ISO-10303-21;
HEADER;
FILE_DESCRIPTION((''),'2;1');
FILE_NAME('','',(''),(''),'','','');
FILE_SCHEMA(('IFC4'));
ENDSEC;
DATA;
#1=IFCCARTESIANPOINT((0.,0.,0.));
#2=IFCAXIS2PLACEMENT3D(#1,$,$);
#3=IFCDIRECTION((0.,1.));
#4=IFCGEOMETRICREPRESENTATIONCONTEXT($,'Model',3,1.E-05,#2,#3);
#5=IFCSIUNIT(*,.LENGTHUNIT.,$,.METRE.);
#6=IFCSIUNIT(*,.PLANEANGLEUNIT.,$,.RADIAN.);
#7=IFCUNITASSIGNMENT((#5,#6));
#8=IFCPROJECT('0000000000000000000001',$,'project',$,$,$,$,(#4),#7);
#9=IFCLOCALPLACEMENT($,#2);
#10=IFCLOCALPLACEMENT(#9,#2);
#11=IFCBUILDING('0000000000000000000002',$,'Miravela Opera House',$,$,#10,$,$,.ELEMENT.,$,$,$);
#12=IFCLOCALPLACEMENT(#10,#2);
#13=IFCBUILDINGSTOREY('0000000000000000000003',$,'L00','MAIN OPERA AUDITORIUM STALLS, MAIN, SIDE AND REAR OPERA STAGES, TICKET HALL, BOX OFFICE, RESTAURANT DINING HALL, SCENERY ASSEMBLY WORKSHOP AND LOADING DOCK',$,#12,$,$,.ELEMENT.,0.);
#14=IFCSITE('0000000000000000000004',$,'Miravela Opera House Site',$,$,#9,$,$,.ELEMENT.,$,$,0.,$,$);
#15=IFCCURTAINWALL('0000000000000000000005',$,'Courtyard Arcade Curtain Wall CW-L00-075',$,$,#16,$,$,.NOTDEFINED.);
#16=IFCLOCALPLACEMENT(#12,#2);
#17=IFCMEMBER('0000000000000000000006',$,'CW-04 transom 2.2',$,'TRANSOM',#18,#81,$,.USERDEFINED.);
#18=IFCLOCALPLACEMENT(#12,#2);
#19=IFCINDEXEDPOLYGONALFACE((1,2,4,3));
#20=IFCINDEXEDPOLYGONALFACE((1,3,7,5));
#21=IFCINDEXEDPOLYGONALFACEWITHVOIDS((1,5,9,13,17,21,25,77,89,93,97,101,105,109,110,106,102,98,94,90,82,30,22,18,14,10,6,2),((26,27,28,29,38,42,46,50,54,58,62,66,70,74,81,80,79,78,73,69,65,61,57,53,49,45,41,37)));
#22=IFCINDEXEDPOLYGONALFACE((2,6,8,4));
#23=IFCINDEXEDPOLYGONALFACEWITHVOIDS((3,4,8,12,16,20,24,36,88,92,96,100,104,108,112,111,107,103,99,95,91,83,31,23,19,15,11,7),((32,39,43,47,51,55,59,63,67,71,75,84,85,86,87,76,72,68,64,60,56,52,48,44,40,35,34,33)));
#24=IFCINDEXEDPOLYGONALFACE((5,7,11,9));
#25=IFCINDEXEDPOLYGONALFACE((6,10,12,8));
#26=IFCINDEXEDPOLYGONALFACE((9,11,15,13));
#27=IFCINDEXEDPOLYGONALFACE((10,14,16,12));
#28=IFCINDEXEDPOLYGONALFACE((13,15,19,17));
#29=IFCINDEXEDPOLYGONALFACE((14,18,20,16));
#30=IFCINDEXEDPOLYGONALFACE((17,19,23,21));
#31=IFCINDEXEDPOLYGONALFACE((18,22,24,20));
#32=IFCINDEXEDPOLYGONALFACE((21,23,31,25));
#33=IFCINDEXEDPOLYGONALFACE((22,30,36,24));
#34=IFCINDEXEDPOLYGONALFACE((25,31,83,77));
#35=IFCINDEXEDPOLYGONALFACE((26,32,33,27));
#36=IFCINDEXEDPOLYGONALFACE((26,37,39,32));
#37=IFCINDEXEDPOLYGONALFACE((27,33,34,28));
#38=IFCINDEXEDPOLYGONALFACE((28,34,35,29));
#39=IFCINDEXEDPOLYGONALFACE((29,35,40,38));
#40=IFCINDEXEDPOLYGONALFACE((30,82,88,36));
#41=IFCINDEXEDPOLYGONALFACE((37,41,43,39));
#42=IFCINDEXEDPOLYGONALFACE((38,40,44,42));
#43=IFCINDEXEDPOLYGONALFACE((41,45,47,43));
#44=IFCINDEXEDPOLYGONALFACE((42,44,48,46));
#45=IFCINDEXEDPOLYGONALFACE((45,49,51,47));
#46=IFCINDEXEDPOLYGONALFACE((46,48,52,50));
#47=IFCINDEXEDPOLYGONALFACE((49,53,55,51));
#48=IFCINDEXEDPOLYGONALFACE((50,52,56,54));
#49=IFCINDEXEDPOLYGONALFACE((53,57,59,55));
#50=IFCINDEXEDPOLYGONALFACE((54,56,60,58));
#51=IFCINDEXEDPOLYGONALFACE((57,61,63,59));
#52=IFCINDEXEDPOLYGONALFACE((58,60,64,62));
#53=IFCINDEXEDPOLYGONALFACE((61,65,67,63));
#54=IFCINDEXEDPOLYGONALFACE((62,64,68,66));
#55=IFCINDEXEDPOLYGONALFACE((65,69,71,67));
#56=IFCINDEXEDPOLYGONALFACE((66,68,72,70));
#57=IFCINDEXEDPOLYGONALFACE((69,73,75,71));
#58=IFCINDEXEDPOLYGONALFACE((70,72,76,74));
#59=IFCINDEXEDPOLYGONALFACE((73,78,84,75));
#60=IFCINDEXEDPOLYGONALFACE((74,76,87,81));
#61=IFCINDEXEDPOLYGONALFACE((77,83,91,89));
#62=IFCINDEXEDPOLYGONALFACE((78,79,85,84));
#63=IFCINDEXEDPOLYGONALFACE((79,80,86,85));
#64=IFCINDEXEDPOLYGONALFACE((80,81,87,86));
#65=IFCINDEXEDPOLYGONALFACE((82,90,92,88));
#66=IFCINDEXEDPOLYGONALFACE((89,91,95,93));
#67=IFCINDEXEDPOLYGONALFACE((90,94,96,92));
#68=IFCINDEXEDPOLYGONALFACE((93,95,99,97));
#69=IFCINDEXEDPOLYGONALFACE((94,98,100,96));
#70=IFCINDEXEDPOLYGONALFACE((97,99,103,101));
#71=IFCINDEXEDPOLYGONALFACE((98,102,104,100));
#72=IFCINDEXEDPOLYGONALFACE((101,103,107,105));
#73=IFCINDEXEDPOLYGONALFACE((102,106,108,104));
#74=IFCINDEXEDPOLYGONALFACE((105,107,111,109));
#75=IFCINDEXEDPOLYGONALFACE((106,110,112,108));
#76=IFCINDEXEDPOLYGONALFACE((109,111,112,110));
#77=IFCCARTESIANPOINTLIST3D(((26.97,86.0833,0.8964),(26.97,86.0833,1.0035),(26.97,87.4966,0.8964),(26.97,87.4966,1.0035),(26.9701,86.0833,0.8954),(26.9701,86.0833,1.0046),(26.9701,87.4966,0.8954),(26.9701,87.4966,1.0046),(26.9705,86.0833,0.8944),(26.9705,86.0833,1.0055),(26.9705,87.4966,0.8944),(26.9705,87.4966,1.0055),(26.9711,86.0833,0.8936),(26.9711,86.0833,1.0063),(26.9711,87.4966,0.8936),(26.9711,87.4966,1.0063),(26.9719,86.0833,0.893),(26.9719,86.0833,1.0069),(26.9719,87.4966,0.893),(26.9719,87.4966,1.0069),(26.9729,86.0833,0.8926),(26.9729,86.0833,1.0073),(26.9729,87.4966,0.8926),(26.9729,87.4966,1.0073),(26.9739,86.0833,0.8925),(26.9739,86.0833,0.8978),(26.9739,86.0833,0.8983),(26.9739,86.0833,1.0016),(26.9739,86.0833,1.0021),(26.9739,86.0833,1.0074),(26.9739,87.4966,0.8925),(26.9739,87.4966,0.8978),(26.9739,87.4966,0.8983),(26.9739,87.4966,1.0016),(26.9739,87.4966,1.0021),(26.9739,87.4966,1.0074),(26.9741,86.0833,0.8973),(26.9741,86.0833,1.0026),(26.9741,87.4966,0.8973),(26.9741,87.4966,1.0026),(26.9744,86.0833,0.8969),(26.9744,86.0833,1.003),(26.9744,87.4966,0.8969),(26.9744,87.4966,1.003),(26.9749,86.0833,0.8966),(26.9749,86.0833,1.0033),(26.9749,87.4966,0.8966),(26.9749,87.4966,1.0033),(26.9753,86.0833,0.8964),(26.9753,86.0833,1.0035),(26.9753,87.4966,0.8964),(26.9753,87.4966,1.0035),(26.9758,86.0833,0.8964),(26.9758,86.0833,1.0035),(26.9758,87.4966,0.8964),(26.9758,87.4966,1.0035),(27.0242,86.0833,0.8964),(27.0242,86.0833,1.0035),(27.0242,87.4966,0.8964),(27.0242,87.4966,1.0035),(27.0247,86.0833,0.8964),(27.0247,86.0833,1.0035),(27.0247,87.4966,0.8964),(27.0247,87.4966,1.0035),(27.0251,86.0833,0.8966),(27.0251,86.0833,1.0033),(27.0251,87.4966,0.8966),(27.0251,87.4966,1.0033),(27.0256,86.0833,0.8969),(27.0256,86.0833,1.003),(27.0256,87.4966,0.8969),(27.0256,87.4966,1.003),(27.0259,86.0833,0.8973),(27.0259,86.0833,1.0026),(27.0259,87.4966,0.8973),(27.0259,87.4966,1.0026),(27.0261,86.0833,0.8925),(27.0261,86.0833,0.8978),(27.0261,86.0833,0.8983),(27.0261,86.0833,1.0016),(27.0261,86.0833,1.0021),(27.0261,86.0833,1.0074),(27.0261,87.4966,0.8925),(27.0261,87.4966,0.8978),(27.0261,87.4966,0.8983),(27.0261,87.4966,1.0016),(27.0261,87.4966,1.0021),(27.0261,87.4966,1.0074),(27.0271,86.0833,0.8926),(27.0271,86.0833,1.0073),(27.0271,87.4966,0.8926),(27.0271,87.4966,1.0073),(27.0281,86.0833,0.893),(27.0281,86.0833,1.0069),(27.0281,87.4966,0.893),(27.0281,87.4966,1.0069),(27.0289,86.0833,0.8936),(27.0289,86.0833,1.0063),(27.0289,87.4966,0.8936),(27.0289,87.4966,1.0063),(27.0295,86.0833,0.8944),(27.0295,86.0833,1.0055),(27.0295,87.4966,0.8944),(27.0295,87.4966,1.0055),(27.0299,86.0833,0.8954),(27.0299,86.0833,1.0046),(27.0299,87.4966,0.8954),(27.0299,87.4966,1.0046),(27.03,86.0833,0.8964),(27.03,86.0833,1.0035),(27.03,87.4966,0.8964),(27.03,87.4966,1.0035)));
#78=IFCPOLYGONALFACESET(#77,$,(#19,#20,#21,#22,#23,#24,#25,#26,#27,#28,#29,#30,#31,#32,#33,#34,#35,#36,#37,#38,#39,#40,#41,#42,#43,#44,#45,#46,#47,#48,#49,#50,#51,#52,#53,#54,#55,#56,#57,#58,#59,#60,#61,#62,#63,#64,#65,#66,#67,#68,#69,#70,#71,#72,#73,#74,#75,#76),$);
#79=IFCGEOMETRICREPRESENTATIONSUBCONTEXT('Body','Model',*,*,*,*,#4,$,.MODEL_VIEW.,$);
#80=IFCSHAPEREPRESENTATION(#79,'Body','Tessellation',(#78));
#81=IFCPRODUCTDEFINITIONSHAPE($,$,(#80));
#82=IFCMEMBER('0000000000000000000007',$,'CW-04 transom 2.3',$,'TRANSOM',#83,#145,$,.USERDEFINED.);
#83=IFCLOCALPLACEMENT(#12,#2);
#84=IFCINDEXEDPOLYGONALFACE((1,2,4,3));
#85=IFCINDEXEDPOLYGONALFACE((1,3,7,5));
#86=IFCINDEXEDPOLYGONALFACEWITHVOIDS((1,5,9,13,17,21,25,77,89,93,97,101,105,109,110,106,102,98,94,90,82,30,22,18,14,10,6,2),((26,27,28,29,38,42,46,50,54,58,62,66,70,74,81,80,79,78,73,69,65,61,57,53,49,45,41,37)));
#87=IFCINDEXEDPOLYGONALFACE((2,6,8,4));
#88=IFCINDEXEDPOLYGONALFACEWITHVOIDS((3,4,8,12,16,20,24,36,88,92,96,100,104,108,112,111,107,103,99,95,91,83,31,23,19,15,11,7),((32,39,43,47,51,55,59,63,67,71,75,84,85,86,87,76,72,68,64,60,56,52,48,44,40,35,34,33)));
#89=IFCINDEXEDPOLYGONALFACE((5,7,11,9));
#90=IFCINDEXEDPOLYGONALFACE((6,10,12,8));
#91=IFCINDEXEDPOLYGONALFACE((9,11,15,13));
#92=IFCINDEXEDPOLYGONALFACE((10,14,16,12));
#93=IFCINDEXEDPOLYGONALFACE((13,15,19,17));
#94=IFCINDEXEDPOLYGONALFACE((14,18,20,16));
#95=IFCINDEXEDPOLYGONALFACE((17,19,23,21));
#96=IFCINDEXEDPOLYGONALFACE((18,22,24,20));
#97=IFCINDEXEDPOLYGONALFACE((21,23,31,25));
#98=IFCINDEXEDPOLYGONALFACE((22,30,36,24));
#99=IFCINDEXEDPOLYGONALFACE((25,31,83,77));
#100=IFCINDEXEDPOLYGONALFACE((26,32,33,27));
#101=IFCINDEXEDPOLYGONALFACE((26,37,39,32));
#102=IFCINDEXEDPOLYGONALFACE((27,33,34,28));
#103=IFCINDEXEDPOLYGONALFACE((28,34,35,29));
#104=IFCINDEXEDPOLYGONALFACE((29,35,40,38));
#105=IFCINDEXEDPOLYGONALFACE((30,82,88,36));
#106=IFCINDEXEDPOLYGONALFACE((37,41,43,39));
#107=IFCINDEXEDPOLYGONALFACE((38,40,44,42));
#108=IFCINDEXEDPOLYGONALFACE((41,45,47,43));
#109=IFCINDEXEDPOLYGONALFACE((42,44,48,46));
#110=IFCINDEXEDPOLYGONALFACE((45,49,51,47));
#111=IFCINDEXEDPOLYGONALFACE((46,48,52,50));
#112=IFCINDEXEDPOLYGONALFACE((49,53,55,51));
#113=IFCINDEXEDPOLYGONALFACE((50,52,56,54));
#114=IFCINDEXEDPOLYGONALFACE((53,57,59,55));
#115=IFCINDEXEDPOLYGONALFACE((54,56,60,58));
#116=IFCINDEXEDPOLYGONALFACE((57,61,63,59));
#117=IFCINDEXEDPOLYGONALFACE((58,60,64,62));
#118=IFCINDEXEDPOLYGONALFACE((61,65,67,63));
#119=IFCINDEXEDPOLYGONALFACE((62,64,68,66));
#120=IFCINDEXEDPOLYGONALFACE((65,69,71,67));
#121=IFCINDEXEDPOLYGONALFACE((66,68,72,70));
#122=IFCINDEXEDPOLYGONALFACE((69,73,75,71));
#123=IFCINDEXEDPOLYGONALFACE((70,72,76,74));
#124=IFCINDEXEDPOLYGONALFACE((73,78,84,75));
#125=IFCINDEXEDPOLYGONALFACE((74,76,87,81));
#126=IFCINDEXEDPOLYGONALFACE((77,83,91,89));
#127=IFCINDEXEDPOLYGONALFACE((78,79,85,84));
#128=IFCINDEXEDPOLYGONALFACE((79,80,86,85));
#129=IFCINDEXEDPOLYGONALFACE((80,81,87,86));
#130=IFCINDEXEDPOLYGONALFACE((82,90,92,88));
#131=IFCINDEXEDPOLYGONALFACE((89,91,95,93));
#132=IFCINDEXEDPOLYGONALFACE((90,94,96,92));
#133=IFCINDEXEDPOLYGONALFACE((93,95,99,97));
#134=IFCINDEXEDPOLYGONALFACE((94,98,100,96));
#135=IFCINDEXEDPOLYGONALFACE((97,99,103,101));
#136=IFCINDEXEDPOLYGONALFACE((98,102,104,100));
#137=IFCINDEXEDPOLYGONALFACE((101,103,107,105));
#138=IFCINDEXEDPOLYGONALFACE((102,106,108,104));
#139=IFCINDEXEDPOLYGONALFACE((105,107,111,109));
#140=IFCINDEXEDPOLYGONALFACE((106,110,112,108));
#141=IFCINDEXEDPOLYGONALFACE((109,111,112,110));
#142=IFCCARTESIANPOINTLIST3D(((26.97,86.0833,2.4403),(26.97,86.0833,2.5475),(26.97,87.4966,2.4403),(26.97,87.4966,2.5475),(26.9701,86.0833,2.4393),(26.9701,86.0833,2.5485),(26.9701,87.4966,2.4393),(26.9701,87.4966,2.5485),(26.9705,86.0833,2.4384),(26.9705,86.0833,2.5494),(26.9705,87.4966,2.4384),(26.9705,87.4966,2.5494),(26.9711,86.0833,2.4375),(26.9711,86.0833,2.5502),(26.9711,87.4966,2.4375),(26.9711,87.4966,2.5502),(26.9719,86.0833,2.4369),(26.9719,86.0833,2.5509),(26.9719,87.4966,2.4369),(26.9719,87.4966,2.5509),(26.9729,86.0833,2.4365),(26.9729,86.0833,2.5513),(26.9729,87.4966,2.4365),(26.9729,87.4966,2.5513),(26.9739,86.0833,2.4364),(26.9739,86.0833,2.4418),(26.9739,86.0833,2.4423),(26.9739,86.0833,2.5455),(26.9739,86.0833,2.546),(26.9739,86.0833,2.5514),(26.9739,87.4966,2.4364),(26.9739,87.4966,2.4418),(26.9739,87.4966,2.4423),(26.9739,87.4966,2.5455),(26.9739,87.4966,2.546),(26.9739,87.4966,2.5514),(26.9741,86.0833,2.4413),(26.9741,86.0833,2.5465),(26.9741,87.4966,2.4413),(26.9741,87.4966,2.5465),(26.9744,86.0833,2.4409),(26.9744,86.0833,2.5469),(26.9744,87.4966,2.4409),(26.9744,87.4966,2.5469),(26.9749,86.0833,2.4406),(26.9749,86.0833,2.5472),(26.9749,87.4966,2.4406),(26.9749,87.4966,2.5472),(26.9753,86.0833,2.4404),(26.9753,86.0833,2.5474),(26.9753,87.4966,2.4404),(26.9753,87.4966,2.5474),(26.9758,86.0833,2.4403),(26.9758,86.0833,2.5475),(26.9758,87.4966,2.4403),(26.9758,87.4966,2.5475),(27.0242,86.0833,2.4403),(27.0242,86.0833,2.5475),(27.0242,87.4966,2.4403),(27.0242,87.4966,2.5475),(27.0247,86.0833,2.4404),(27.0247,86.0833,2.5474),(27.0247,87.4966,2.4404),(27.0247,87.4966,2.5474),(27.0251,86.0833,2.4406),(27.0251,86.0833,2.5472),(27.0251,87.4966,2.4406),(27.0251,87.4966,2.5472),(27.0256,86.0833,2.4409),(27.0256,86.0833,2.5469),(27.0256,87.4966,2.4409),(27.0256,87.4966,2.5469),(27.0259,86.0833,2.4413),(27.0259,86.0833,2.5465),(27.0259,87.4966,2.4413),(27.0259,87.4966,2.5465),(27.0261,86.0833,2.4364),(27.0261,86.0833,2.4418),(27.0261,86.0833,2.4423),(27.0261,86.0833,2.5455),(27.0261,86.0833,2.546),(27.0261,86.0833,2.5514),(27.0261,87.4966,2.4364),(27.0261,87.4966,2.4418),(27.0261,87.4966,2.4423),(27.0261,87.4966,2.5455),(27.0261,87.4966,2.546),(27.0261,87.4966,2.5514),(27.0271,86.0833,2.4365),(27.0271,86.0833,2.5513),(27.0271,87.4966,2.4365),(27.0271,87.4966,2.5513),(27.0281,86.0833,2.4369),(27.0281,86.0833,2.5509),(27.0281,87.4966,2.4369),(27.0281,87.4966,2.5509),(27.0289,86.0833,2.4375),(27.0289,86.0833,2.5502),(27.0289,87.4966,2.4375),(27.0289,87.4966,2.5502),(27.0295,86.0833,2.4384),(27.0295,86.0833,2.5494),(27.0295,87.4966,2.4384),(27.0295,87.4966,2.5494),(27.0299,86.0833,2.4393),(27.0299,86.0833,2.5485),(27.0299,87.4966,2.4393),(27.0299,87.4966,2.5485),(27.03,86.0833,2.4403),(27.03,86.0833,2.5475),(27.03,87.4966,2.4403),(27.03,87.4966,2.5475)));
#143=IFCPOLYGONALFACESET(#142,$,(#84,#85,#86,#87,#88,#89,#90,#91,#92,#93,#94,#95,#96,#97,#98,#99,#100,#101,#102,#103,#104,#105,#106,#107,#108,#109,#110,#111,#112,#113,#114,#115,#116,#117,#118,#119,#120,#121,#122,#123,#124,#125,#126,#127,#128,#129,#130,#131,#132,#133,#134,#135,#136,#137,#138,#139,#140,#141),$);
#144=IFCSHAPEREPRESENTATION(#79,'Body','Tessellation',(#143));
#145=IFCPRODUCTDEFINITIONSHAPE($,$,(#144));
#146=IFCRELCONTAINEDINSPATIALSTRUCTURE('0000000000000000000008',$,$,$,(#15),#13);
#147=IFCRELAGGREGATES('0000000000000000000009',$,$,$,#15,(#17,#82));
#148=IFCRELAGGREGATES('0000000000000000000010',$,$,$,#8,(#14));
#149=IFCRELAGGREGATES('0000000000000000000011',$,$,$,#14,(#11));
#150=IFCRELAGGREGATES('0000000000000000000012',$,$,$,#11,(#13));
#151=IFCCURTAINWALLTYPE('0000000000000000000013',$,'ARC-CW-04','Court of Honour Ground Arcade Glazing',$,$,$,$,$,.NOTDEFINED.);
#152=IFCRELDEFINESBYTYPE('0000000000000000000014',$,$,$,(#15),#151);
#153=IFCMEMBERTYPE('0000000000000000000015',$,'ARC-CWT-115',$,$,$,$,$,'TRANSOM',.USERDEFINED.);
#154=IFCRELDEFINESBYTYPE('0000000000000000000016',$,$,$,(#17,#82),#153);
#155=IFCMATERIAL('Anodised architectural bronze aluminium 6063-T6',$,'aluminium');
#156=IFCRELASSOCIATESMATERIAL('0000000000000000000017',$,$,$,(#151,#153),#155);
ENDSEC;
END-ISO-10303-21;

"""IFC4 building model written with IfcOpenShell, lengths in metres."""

from ifc_helpers import new_model, si_unit, direction, frame, origin, origin_2d, place, context, subcontext, project, spatial, hollow_rectangle, extrude, material, material_profile, profile_set, type_object, element, aggregate, save


model = new_model("IFC4")

# Units and contexts
model_context = context("Model", 3, precision=1e-05, world=origin(), true_north=direction((0.0, 1.0)))
body_context = subcontext(model_context, "Body", "Model", "MODEL_VIEW")
ifc_project = project(units=[si_unit("LENGTHUNIT", "METRE"), si_unit("PLANEANGLEUNIT", "RADIAN")], contexts=[model_context])

# Site, building, storey
site_placement = place(None, origin())
site = spatial("IfcSite", under=ifc_project, at=site_placement, Name="Miravela Opera House Site", CompositionType="ELEMENT", RefElevation=0.0)
building_placement = place(site_placement, origin())
building = spatial("IfcBuilding", under=site, at=building_placement, Name="Miravela Opera House", CompositionType="ELEMENT")
storey_placement = place(building_placement, origin())
storey = spatial("IfcBuildingStorey", under=building, at=storey_placement, Name="L00", Description="MAIN OPERA AUDITORIUM STALLS, MAIN, SIDE AND REAR OPERA STAGES, TICKET HALL, BOX OFFICE, RESTAURANT DINING HALL, SCENERY ASSEMBLY WORKSHOP AND LOADING DOCK", CompositionType="ELEMENT", Elevation=0.0)

# Curtain wall, members
ifc_material_1 = material(Name="Anodised architectural bronze aluminium 6063-T6", Category="aluminium")
curtain_wall_type = type_object("IfcCurtainWallType", Name="ARC-CW-04", Description="Court of Honour Ground Arcade Glazing", PredefinedType="NOTDEFINED", material=ifc_material_1)
curtain_wall_placement = place(storey_placement, origin())
curtain_wall = element("IfcCurtainWall", 1, at=curtain_wall_placement, inside=storey, type_object=curtain_wall_type, Name="Courtyard Arcade Curtain Wall CW-L00-075", PredefinedType="NOTDEFINED")
ifc_material_profile_1 = material_profile(ifc_material_1, hollow_rectangle(XDim=0.0601, YDim=0.115, WallThickness=0.0039, InnerFilletRadius=0.002, OuterFilletRadius=0.0039, at=origin_2d()), Name="CWT-60X115")
ifc_profile_set_1 = profile_set([ifc_material_profile_1])
member_type_1 = type_object("IfcMemberType", Name="ARC-CWT-115", ElementType="TRANSOM", PredefinedType="USERDEFINED", material=ifc_profile_set_1)
member_1_placement = place(storey_placement, frame((27.0, 86.0833, 0.95), z_axis=(0.0, 1.0, 0.0), x_axis=(-1.0, 0.0, 0.0)))
member_1 = element("IfcMember", 2, at=member_1_placement, type_object=member_type_1, Name="CW-04 transom 2.2", ObjectType="TRANSOM", PredefinedType="USERDEFINED", context=body_context, shape_type="SweptSolid", body=[
    extrude(hollow_rectangle(XDim=0.0601, YDim=0.115, WallThickness=0.0039, InnerFilletRadius=0.002, OuterFilletRadius=0.0039, at=origin_2d()), origin(), (0.0, 0.0, 1.0), 1.4133),
])
member_2_placement = place(storey_placement, frame((27.0, 86.0833, 2.4939), z_axis=(0.0, 1.0, 0.0), x_axis=(-1.0, 0.0, 0.0)))
member_2 = element("IfcMember", 3, at=member_2_placement, type_object=member_type_1, Name="CW-04 transom 2.3", ObjectType="TRANSOM", PredefinedType="USERDEFINED", context=body_context, shape_type="SweptSolid", body=[
    extrude(hollow_rectangle(XDim=0.0601, YDim=0.115, WallThickness=0.0039, InnerFilletRadius=0.002, OuterFilletRadius=0.0039, at=origin_2d()), origin(), (0.0, 0.0, 1.0), 1.4133),
])

aggregate(curtain_wall, [member_1, member_2])

save(model, "model.ifc")
